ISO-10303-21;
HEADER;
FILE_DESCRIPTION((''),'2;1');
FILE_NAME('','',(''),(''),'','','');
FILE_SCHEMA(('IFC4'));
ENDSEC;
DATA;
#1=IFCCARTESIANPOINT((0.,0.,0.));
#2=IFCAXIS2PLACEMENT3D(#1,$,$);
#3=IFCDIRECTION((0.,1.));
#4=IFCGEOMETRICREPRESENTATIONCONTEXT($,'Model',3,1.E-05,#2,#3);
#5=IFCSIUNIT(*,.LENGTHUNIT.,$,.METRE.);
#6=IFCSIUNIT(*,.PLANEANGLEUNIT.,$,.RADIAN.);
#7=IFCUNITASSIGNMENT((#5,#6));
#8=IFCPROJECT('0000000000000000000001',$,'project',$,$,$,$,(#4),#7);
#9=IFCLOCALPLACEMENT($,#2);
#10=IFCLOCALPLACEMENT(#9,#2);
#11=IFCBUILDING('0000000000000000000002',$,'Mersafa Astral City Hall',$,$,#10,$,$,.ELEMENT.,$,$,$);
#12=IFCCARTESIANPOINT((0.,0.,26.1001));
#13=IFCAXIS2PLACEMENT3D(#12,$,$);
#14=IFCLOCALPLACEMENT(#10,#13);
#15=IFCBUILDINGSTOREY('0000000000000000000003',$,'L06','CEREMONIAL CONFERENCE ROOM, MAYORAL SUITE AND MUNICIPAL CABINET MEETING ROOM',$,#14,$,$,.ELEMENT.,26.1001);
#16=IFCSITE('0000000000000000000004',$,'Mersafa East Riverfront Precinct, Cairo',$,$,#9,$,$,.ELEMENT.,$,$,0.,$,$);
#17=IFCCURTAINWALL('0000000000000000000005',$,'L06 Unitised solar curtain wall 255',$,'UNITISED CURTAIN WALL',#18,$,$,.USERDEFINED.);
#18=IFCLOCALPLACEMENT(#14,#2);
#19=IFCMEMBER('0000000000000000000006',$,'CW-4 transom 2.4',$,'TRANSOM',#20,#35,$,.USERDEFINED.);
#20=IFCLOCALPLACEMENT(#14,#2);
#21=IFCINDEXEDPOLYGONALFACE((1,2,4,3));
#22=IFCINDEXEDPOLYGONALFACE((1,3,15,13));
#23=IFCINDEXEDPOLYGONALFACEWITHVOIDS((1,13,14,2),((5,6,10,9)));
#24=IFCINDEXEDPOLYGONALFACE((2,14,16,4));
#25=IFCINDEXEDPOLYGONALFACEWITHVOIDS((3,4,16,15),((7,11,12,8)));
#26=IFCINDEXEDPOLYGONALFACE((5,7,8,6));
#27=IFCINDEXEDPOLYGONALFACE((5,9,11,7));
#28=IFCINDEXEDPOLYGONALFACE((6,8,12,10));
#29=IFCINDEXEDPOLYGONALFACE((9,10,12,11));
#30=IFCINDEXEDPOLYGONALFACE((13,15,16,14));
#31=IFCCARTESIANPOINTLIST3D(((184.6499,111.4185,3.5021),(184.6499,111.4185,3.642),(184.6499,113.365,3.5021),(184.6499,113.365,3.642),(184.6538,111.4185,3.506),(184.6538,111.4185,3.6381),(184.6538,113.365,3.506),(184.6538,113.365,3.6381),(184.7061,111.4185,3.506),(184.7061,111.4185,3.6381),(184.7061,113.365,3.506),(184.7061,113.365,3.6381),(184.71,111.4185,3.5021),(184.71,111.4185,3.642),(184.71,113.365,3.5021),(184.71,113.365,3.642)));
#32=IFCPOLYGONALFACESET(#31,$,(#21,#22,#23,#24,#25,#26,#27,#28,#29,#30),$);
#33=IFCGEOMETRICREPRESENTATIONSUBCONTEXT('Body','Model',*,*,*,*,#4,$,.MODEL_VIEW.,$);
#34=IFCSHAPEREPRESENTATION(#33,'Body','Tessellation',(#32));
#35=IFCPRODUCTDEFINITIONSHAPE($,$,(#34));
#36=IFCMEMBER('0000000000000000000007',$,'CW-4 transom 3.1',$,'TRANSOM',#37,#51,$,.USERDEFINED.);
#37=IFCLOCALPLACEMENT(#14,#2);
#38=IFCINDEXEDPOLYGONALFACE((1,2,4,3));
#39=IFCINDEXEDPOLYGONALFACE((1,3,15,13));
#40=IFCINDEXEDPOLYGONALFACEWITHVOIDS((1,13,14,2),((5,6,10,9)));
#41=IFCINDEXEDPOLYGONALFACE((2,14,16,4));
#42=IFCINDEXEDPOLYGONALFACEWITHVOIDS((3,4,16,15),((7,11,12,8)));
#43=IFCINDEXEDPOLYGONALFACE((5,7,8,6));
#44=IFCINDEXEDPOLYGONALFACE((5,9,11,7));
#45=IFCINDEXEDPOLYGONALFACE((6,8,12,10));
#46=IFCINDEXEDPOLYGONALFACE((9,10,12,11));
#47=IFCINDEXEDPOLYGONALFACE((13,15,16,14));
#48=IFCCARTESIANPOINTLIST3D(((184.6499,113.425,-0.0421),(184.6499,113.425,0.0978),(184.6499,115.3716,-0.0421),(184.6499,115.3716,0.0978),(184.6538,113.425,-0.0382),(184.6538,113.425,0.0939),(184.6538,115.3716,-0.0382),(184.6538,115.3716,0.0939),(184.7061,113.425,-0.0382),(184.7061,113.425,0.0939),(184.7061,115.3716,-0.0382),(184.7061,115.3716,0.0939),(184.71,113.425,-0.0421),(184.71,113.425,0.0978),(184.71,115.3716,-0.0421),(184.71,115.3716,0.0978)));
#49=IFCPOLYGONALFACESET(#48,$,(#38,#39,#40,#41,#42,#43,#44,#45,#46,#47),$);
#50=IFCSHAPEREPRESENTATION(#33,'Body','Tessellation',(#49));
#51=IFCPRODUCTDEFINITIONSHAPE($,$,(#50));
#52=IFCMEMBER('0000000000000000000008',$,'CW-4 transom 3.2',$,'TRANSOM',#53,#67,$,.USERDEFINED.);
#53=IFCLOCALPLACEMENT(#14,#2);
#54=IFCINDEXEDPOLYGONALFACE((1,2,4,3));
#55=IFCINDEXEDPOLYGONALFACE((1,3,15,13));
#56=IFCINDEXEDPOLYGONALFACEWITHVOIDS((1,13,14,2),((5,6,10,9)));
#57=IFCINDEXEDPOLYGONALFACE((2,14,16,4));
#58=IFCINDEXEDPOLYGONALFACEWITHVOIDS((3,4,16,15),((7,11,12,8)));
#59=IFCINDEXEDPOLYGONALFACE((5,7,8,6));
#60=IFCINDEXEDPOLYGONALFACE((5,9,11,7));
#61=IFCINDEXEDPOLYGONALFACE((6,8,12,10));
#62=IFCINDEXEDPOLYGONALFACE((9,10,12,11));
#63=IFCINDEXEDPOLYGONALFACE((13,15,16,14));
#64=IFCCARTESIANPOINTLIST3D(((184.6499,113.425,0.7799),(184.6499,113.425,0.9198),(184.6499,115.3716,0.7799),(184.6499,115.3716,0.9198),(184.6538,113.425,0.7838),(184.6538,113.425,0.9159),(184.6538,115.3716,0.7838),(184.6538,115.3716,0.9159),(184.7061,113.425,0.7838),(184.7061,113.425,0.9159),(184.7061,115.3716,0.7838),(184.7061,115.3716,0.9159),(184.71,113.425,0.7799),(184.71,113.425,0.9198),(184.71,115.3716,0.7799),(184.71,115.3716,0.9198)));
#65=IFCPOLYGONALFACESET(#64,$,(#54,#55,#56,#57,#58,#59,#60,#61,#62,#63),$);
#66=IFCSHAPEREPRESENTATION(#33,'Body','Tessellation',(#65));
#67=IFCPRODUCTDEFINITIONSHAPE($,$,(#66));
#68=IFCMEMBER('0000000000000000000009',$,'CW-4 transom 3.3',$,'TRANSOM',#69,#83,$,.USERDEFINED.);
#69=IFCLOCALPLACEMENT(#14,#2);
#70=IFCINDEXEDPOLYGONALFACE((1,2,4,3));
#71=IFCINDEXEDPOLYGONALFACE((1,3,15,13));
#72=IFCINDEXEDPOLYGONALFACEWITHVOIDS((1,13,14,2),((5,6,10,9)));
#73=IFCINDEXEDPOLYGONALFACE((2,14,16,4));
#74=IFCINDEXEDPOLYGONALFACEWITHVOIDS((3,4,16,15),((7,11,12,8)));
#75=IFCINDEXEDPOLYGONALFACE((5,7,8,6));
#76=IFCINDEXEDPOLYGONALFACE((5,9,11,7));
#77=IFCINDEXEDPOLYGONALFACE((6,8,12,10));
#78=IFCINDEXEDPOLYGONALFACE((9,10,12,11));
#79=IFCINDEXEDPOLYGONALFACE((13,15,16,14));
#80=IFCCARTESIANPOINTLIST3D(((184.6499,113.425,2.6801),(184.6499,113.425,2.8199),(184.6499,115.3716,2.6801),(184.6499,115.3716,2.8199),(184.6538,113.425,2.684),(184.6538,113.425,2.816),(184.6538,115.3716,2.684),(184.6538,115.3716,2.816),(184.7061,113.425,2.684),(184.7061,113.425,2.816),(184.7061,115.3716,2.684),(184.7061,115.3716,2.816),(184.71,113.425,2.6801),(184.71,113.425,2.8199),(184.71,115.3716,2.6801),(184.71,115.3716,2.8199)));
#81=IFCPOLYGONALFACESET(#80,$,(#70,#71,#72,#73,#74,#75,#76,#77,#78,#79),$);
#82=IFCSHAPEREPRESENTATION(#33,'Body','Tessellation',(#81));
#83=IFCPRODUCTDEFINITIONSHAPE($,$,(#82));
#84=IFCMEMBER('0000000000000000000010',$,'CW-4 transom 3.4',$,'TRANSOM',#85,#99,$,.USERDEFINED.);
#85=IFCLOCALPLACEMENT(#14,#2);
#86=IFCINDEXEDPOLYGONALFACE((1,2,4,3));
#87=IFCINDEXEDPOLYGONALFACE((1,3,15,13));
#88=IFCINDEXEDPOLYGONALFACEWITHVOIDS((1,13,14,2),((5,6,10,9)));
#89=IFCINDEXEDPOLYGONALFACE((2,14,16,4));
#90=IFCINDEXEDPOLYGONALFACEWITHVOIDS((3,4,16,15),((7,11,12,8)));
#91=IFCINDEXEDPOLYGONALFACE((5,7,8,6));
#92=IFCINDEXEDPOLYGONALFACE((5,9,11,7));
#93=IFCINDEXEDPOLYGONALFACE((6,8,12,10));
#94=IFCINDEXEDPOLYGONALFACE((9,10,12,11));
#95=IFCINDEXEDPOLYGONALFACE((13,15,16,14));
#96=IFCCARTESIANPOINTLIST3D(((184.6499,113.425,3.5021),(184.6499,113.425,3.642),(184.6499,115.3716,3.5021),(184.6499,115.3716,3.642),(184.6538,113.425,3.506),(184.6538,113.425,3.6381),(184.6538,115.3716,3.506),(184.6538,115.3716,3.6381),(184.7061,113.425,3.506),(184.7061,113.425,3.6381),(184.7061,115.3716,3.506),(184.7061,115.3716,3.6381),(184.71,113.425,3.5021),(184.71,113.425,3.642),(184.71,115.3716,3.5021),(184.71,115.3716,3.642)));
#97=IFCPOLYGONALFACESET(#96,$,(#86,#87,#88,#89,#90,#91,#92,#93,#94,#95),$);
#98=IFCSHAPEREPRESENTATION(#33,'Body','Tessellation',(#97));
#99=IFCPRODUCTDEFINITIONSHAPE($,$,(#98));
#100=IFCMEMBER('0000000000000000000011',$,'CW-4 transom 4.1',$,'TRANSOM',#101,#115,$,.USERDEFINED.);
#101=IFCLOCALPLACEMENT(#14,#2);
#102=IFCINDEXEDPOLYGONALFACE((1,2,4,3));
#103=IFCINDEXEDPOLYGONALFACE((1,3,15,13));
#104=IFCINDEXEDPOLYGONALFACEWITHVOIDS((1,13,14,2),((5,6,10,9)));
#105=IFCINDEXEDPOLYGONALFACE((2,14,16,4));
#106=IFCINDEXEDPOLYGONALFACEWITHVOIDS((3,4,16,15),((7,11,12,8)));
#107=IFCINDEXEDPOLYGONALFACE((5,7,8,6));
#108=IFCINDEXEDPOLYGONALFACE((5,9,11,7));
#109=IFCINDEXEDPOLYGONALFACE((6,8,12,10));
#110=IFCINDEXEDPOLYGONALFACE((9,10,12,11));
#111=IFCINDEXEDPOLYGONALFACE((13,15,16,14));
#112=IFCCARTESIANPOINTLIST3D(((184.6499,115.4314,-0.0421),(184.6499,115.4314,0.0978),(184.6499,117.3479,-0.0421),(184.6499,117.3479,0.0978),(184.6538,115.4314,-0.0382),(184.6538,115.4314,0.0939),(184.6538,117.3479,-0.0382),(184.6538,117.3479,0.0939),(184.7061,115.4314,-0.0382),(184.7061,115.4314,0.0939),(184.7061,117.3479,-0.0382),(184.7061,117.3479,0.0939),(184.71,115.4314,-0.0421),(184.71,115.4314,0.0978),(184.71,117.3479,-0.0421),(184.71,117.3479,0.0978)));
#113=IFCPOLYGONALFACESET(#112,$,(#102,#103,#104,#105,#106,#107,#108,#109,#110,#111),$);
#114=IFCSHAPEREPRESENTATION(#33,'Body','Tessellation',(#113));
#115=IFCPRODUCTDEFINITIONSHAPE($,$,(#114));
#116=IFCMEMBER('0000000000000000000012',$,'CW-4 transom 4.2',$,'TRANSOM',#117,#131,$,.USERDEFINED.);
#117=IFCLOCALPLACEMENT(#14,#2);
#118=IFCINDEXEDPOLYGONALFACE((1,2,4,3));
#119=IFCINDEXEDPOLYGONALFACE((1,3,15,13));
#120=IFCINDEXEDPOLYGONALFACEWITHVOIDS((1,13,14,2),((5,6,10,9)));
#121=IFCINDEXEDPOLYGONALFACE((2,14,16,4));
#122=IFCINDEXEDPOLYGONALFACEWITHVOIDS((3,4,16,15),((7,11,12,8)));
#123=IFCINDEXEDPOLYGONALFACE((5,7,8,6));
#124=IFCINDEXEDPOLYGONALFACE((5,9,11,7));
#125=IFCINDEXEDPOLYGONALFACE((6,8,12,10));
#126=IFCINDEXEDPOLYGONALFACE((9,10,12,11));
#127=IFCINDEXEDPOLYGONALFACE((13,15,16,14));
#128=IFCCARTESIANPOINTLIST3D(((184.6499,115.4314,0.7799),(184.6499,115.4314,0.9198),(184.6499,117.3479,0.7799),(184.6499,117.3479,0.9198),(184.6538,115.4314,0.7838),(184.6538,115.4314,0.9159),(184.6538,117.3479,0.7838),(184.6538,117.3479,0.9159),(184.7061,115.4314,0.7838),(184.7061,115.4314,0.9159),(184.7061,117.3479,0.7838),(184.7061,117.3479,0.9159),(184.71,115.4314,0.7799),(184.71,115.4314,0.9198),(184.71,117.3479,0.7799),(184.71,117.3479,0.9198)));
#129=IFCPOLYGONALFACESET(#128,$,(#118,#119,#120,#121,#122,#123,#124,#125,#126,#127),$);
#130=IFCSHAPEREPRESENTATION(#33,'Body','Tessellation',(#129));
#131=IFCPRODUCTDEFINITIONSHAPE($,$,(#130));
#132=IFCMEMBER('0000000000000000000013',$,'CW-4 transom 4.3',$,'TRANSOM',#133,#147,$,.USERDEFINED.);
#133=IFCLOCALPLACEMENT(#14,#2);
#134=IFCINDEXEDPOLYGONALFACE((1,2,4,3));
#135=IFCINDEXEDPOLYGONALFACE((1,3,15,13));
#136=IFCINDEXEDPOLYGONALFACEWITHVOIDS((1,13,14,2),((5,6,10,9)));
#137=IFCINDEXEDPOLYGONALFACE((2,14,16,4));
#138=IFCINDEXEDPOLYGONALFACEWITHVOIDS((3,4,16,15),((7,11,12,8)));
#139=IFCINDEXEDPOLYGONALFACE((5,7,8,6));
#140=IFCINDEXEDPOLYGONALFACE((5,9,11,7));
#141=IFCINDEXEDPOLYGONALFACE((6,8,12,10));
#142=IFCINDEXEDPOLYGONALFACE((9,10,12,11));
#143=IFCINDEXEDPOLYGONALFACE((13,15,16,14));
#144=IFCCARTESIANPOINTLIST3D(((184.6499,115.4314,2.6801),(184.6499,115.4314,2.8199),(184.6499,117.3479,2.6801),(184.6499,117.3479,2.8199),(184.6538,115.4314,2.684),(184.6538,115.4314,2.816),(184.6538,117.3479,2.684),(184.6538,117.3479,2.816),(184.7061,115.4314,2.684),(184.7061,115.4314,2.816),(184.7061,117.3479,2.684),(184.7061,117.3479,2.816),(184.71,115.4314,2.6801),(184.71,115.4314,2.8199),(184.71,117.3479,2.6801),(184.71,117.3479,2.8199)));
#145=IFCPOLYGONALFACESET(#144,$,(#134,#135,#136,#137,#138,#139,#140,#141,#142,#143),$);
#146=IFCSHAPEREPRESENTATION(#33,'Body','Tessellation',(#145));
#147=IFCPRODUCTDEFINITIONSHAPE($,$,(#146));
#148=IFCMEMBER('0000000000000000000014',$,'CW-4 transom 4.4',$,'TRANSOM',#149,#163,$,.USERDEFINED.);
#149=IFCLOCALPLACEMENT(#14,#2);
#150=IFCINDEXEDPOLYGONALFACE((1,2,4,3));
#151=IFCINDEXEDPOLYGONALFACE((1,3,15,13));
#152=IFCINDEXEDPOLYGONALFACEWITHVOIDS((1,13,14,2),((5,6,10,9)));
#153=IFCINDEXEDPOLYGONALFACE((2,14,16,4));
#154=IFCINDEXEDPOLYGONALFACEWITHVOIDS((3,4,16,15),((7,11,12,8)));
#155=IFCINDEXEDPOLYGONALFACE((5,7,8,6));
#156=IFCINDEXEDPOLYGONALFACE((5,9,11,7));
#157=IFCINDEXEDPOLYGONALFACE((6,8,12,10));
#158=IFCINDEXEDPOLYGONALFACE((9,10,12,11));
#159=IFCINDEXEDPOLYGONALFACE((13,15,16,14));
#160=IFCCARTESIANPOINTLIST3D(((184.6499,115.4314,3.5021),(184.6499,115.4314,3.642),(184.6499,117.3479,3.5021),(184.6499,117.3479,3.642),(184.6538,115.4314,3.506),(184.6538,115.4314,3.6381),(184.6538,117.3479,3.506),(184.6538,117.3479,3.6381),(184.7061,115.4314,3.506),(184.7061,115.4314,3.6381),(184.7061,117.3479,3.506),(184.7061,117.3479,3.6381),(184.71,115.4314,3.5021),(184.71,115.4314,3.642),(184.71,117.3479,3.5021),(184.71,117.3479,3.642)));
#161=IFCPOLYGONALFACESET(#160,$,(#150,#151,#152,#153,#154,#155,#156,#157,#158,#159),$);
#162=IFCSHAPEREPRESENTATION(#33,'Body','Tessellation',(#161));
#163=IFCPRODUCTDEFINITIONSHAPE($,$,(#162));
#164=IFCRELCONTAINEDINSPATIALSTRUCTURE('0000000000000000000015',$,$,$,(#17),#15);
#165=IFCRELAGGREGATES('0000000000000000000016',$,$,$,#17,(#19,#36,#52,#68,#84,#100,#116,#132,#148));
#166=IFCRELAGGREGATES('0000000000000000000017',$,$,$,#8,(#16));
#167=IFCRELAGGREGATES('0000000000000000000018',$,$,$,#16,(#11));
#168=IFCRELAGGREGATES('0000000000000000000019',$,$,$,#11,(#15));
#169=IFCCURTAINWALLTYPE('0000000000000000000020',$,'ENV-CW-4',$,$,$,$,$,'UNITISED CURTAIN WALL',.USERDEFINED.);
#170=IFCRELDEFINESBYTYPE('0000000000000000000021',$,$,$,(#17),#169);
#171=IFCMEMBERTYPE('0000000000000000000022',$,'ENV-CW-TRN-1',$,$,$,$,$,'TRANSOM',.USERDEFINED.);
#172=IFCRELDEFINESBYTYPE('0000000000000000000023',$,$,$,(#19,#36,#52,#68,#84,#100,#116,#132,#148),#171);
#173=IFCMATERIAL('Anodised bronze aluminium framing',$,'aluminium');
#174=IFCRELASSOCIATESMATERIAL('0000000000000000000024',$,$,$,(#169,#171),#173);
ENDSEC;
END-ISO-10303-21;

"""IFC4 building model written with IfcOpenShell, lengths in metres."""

from ifc_helpers import new_model, si_unit, direction, frame, origin, origin_2d, place, context, subcontext, project, spatial, hollow_rectangle, extrude, material, material_profile, profile_set, type_object, element, aggregate, save


model = new_model("IFC4")

# Units and contexts
model_context = context("Model", 3, precision=1e-05, world=origin(), true_north=direction((0.0, 1.0)))
body_context = subcontext(model_context, "Body", "Model", "MODEL_VIEW")
ifc_project = project(units=[si_unit("LENGTHUNIT", "METRE"), si_unit("PLANEANGLEUNIT", "RADIAN")], contexts=[model_context])

# Site, building, storey
site_placement = place(None, origin())
site = spatial("IfcSite", under=ifc_project, at=site_placement, Name="Mersafa East Riverfront Precinct, Cairo", CompositionType="ELEMENT", RefElevation=0.0)
building_placement = place(site_placement, origin())
building = spatial("IfcBuilding", under=site, at=building_placement, Name="Mersafa Astral City Hall", CompositionType="ELEMENT")
storey_placement = place(building_placement, frame((0.0, 0.0, 26.1001)))
storey = spatial("IfcBuildingStorey", under=building, at=storey_placement, Name="L06", Description="CEREMONIAL CONFERENCE ROOM, MAYORAL SUITE AND MUNICIPAL CABINET MEETING ROOM", CompositionType="ELEMENT", Elevation=26.1001)

# Curtain wall
ifc_material_1 = material(Name="Anodised bronze aluminium framing", Category="aluminium")
curtain_wall_type_1 = type_object("IfcCurtainWallType", Name="ENV-CW-4", ElementType="UNITISED CURTAIN WALL", PredefinedType="USERDEFINED", material=ifc_material_1)
curtain_wall_1_placement = place(storey_placement, origin())
curtain_wall_1 = element("IfcCurtainWall", 1, at=curtain_wall_1_placement, inside=storey, type_object=curtain_wall_type_1, Name="L06 Unitised solar curtain wall 255", ObjectType="UNITISED CURTAIN WALL", PredefinedType="USERDEFINED")

# Members
ifc_material_profile_1 = material_profile(ifc_material_1, hollow_rectangle(XDim=0.0601, YDim=0.1399, WallThickness=0.0039, at=origin_2d()), Name="RHS 60x140x4")
ifc_profile_set_1 = profile_set([ifc_material_profile_1], Name="Anodised bronze aluminium framing")
member_type_1 = type_object("IfcMemberType", Name="ENV-CW-TRN-1", ElementType="TRANSOM", PredefinedType="USERDEFINED", material=ifc_profile_set_1)
member_1_placement = place(storey_placement, frame((184.6799, 111.4185, 3.572), z_axis=(0.0, 1.0, 0.0), x_axis=(-1.0, 0.0, 0.0)))
member_1 = element("IfcMember", 2, at=member_1_placement, type_object=member_type_1, Name="CW-4 transom 2.4", ObjectType="TRANSOM", PredefinedType="USERDEFINED", context=body_context, shape_type="SweptSolid", body=[
    extrude(hollow_rectangle(XDim=0.0601, YDim=0.1399, WallThickness=0.0039, at=origin_2d()), origin(), (0.0, 0.0, 1.0), 1.9465),
])
member_2_placement = place(storey_placement, frame((184.6799, 113.425, 0.0278), z_axis=(0.0, 1.0, 0.0), x_axis=(-1.0, 0.0, 0.0)))
member_2 = element("IfcMember", 3, at=member_2_placement, type_object=member_type_1, Name="CW-4 transom 3.1", ObjectType="TRANSOM", PredefinedType="USERDEFINED", context=body_context, shape_type="SweptSolid", body=[
    extrude(hollow_rectangle(XDim=0.0601, YDim=0.1399, WallThickness=0.0039, at=origin_2d()), origin(), (0.0, 0.0, 1.0), 1.9465),
])
member_3_placement = place(storey_placement, frame((184.6799, 113.425, 0.8499), z_axis=(0.0, 1.0, 0.0), x_axis=(-1.0, 0.0, 0.0)))
member_3 = element("IfcMember", 4, at=member_3_placement, type_object=member_type_1, Name="CW-4 transom 3.2", ObjectType="TRANSOM", PredefinedType="USERDEFINED", context=body_context, shape_type="SweptSolid", body=[
    extrude(hollow_rectangle(XDim=0.0601, YDim=0.1399, WallThickness=0.0039, at=origin_2d()), origin(), (0.0, 0.0, 1.0), 1.9465),
])
member_4_placement = place(storey_placement, frame((184.6799, 113.425, 2.75), z_axis=(0.0, 1.0, 0.0), x_axis=(-1.0, 0.0, 0.0)))
member_4 = element("IfcMember", 5, at=member_4_placement, type_object=member_type_1, Name="CW-4 transom 3.3", ObjectType="TRANSOM", PredefinedType="USERDEFINED", context=body_context, shape_type="SweptSolid", body=[
    extrude(hollow_rectangle(XDim=0.0601, YDim=0.1399, WallThickness=0.0039, at=origin_2d()), origin(), (0.0, 0.0, 1.0), 1.9465),
])
member_5_placement = place(storey_placement, frame((184.6799, 113.425, 3.572), z_axis=(0.0, 1.0, 0.0), x_axis=(-1.0, 0.0, 0.0)))
member_5 = element("IfcMember", 6, at=member_5_placement, type_object=member_type_1, Name="CW-4 transom 3.4", ObjectType="TRANSOM", PredefinedType="USERDEFINED", context=body_context, shape_type="SweptSolid", body=[
    extrude(hollow_rectangle(XDim=0.0601, YDim=0.1399, WallThickness=0.0039, at=origin_2d()), origin(), (0.0, 0.0, 1.0), 1.9465),
])
member_6_placement = place(storey_placement, frame((184.6799, 115.4314, 0.0278), z_axis=(0.0, 1.0, 0.0), x_axis=(-1.0, 0.0, 0.0)))
member_6 = element("IfcMember", 7, at=member_6_placement, type_object=member_type_1, Name="CW-4 transom 4.1", ObjectType="TRANSOM", PredefinedType="USERDEFINED", context=body_context, shape_type="SweptSolid", body=[
    extrude(hollow_rectangle(XDim=0.0601, YDim=0.1399, WallThickness=0.0039, at=origin_2d()), origin(), (0.0, 0.0, 1.0), 1.9165),
])
member_7_placement = place(storey_placement, frame((184.6799, 115.4314, 0.8499), z_axis=(0.0, 1.0, 0.0), x_axis=(-1.0, 0.0, 0.0)))
member_7 = element("IfcMember", 8, at=member_7_placement, type_object=member_type_1, Name="CW-4 transom 4.2", ObjectType="TRANSOM", PredefinedType="USERDEFINED", context=body_context, shape_type="SweptSolid", body=[
    extrude(hollow_rectangle(XDim=0.0601, YDim=0.1399, WallThickness=0.0039, at=origin_2d()), origin(), (0.0, 0.0, 1.0), 1.9165),
])
member_8_placement = place(storey_placement, frame((184.6799, 115.4314, 2.75), z_axis=(0.0, 1.0, 0.0), x_axis=(-1.0, 0.0, 0.0)))
member_8 = element("IfcMember", 9, at=member_8_placement, type_object=member_type_1, Name="CW-4 transom 4.3", ObjectType="TRANSOM", PredefinedType="USERDEFINED", context=body_context, shape_type="SweptSolid", body=[
    extrude(hollow_rectangle(XDim=0.0601, YDim=0.1399, WallThickness=0.0039, at=origin_2d()), origin(), (0.0, 0.0, 1.0), 1.9165),
])
member_9_placement = place(storey_placement, frame((184.6799, 115.4314, 3.572), z_axis=(0.0, 1.0, 0.0), x_axis=(-1.0, 0.0, 0.0)))
member_9 = element("IfcMember", 10, at=member_9_placement, type_object=member_type_1, Name="CW-4 transom 4.4", ObjectType="TRANSOM", PredefinedType="USERDEFINED", context=body_context, shape_type="SweptSolid", body=[
    extrude(hollow_rectangle(XDim=0.0601, YDim=0.1399, WallThickness=0.0039, at=origin_2d()), origin(), (0.0, 0.0, 1.0), 1.9165),
])

aggregate(curtain_wall_1, [member_1, member_2, member_3, member_4, member_5, member_6, member_7, member_8, member_9])

save(model, "model.ifc")
